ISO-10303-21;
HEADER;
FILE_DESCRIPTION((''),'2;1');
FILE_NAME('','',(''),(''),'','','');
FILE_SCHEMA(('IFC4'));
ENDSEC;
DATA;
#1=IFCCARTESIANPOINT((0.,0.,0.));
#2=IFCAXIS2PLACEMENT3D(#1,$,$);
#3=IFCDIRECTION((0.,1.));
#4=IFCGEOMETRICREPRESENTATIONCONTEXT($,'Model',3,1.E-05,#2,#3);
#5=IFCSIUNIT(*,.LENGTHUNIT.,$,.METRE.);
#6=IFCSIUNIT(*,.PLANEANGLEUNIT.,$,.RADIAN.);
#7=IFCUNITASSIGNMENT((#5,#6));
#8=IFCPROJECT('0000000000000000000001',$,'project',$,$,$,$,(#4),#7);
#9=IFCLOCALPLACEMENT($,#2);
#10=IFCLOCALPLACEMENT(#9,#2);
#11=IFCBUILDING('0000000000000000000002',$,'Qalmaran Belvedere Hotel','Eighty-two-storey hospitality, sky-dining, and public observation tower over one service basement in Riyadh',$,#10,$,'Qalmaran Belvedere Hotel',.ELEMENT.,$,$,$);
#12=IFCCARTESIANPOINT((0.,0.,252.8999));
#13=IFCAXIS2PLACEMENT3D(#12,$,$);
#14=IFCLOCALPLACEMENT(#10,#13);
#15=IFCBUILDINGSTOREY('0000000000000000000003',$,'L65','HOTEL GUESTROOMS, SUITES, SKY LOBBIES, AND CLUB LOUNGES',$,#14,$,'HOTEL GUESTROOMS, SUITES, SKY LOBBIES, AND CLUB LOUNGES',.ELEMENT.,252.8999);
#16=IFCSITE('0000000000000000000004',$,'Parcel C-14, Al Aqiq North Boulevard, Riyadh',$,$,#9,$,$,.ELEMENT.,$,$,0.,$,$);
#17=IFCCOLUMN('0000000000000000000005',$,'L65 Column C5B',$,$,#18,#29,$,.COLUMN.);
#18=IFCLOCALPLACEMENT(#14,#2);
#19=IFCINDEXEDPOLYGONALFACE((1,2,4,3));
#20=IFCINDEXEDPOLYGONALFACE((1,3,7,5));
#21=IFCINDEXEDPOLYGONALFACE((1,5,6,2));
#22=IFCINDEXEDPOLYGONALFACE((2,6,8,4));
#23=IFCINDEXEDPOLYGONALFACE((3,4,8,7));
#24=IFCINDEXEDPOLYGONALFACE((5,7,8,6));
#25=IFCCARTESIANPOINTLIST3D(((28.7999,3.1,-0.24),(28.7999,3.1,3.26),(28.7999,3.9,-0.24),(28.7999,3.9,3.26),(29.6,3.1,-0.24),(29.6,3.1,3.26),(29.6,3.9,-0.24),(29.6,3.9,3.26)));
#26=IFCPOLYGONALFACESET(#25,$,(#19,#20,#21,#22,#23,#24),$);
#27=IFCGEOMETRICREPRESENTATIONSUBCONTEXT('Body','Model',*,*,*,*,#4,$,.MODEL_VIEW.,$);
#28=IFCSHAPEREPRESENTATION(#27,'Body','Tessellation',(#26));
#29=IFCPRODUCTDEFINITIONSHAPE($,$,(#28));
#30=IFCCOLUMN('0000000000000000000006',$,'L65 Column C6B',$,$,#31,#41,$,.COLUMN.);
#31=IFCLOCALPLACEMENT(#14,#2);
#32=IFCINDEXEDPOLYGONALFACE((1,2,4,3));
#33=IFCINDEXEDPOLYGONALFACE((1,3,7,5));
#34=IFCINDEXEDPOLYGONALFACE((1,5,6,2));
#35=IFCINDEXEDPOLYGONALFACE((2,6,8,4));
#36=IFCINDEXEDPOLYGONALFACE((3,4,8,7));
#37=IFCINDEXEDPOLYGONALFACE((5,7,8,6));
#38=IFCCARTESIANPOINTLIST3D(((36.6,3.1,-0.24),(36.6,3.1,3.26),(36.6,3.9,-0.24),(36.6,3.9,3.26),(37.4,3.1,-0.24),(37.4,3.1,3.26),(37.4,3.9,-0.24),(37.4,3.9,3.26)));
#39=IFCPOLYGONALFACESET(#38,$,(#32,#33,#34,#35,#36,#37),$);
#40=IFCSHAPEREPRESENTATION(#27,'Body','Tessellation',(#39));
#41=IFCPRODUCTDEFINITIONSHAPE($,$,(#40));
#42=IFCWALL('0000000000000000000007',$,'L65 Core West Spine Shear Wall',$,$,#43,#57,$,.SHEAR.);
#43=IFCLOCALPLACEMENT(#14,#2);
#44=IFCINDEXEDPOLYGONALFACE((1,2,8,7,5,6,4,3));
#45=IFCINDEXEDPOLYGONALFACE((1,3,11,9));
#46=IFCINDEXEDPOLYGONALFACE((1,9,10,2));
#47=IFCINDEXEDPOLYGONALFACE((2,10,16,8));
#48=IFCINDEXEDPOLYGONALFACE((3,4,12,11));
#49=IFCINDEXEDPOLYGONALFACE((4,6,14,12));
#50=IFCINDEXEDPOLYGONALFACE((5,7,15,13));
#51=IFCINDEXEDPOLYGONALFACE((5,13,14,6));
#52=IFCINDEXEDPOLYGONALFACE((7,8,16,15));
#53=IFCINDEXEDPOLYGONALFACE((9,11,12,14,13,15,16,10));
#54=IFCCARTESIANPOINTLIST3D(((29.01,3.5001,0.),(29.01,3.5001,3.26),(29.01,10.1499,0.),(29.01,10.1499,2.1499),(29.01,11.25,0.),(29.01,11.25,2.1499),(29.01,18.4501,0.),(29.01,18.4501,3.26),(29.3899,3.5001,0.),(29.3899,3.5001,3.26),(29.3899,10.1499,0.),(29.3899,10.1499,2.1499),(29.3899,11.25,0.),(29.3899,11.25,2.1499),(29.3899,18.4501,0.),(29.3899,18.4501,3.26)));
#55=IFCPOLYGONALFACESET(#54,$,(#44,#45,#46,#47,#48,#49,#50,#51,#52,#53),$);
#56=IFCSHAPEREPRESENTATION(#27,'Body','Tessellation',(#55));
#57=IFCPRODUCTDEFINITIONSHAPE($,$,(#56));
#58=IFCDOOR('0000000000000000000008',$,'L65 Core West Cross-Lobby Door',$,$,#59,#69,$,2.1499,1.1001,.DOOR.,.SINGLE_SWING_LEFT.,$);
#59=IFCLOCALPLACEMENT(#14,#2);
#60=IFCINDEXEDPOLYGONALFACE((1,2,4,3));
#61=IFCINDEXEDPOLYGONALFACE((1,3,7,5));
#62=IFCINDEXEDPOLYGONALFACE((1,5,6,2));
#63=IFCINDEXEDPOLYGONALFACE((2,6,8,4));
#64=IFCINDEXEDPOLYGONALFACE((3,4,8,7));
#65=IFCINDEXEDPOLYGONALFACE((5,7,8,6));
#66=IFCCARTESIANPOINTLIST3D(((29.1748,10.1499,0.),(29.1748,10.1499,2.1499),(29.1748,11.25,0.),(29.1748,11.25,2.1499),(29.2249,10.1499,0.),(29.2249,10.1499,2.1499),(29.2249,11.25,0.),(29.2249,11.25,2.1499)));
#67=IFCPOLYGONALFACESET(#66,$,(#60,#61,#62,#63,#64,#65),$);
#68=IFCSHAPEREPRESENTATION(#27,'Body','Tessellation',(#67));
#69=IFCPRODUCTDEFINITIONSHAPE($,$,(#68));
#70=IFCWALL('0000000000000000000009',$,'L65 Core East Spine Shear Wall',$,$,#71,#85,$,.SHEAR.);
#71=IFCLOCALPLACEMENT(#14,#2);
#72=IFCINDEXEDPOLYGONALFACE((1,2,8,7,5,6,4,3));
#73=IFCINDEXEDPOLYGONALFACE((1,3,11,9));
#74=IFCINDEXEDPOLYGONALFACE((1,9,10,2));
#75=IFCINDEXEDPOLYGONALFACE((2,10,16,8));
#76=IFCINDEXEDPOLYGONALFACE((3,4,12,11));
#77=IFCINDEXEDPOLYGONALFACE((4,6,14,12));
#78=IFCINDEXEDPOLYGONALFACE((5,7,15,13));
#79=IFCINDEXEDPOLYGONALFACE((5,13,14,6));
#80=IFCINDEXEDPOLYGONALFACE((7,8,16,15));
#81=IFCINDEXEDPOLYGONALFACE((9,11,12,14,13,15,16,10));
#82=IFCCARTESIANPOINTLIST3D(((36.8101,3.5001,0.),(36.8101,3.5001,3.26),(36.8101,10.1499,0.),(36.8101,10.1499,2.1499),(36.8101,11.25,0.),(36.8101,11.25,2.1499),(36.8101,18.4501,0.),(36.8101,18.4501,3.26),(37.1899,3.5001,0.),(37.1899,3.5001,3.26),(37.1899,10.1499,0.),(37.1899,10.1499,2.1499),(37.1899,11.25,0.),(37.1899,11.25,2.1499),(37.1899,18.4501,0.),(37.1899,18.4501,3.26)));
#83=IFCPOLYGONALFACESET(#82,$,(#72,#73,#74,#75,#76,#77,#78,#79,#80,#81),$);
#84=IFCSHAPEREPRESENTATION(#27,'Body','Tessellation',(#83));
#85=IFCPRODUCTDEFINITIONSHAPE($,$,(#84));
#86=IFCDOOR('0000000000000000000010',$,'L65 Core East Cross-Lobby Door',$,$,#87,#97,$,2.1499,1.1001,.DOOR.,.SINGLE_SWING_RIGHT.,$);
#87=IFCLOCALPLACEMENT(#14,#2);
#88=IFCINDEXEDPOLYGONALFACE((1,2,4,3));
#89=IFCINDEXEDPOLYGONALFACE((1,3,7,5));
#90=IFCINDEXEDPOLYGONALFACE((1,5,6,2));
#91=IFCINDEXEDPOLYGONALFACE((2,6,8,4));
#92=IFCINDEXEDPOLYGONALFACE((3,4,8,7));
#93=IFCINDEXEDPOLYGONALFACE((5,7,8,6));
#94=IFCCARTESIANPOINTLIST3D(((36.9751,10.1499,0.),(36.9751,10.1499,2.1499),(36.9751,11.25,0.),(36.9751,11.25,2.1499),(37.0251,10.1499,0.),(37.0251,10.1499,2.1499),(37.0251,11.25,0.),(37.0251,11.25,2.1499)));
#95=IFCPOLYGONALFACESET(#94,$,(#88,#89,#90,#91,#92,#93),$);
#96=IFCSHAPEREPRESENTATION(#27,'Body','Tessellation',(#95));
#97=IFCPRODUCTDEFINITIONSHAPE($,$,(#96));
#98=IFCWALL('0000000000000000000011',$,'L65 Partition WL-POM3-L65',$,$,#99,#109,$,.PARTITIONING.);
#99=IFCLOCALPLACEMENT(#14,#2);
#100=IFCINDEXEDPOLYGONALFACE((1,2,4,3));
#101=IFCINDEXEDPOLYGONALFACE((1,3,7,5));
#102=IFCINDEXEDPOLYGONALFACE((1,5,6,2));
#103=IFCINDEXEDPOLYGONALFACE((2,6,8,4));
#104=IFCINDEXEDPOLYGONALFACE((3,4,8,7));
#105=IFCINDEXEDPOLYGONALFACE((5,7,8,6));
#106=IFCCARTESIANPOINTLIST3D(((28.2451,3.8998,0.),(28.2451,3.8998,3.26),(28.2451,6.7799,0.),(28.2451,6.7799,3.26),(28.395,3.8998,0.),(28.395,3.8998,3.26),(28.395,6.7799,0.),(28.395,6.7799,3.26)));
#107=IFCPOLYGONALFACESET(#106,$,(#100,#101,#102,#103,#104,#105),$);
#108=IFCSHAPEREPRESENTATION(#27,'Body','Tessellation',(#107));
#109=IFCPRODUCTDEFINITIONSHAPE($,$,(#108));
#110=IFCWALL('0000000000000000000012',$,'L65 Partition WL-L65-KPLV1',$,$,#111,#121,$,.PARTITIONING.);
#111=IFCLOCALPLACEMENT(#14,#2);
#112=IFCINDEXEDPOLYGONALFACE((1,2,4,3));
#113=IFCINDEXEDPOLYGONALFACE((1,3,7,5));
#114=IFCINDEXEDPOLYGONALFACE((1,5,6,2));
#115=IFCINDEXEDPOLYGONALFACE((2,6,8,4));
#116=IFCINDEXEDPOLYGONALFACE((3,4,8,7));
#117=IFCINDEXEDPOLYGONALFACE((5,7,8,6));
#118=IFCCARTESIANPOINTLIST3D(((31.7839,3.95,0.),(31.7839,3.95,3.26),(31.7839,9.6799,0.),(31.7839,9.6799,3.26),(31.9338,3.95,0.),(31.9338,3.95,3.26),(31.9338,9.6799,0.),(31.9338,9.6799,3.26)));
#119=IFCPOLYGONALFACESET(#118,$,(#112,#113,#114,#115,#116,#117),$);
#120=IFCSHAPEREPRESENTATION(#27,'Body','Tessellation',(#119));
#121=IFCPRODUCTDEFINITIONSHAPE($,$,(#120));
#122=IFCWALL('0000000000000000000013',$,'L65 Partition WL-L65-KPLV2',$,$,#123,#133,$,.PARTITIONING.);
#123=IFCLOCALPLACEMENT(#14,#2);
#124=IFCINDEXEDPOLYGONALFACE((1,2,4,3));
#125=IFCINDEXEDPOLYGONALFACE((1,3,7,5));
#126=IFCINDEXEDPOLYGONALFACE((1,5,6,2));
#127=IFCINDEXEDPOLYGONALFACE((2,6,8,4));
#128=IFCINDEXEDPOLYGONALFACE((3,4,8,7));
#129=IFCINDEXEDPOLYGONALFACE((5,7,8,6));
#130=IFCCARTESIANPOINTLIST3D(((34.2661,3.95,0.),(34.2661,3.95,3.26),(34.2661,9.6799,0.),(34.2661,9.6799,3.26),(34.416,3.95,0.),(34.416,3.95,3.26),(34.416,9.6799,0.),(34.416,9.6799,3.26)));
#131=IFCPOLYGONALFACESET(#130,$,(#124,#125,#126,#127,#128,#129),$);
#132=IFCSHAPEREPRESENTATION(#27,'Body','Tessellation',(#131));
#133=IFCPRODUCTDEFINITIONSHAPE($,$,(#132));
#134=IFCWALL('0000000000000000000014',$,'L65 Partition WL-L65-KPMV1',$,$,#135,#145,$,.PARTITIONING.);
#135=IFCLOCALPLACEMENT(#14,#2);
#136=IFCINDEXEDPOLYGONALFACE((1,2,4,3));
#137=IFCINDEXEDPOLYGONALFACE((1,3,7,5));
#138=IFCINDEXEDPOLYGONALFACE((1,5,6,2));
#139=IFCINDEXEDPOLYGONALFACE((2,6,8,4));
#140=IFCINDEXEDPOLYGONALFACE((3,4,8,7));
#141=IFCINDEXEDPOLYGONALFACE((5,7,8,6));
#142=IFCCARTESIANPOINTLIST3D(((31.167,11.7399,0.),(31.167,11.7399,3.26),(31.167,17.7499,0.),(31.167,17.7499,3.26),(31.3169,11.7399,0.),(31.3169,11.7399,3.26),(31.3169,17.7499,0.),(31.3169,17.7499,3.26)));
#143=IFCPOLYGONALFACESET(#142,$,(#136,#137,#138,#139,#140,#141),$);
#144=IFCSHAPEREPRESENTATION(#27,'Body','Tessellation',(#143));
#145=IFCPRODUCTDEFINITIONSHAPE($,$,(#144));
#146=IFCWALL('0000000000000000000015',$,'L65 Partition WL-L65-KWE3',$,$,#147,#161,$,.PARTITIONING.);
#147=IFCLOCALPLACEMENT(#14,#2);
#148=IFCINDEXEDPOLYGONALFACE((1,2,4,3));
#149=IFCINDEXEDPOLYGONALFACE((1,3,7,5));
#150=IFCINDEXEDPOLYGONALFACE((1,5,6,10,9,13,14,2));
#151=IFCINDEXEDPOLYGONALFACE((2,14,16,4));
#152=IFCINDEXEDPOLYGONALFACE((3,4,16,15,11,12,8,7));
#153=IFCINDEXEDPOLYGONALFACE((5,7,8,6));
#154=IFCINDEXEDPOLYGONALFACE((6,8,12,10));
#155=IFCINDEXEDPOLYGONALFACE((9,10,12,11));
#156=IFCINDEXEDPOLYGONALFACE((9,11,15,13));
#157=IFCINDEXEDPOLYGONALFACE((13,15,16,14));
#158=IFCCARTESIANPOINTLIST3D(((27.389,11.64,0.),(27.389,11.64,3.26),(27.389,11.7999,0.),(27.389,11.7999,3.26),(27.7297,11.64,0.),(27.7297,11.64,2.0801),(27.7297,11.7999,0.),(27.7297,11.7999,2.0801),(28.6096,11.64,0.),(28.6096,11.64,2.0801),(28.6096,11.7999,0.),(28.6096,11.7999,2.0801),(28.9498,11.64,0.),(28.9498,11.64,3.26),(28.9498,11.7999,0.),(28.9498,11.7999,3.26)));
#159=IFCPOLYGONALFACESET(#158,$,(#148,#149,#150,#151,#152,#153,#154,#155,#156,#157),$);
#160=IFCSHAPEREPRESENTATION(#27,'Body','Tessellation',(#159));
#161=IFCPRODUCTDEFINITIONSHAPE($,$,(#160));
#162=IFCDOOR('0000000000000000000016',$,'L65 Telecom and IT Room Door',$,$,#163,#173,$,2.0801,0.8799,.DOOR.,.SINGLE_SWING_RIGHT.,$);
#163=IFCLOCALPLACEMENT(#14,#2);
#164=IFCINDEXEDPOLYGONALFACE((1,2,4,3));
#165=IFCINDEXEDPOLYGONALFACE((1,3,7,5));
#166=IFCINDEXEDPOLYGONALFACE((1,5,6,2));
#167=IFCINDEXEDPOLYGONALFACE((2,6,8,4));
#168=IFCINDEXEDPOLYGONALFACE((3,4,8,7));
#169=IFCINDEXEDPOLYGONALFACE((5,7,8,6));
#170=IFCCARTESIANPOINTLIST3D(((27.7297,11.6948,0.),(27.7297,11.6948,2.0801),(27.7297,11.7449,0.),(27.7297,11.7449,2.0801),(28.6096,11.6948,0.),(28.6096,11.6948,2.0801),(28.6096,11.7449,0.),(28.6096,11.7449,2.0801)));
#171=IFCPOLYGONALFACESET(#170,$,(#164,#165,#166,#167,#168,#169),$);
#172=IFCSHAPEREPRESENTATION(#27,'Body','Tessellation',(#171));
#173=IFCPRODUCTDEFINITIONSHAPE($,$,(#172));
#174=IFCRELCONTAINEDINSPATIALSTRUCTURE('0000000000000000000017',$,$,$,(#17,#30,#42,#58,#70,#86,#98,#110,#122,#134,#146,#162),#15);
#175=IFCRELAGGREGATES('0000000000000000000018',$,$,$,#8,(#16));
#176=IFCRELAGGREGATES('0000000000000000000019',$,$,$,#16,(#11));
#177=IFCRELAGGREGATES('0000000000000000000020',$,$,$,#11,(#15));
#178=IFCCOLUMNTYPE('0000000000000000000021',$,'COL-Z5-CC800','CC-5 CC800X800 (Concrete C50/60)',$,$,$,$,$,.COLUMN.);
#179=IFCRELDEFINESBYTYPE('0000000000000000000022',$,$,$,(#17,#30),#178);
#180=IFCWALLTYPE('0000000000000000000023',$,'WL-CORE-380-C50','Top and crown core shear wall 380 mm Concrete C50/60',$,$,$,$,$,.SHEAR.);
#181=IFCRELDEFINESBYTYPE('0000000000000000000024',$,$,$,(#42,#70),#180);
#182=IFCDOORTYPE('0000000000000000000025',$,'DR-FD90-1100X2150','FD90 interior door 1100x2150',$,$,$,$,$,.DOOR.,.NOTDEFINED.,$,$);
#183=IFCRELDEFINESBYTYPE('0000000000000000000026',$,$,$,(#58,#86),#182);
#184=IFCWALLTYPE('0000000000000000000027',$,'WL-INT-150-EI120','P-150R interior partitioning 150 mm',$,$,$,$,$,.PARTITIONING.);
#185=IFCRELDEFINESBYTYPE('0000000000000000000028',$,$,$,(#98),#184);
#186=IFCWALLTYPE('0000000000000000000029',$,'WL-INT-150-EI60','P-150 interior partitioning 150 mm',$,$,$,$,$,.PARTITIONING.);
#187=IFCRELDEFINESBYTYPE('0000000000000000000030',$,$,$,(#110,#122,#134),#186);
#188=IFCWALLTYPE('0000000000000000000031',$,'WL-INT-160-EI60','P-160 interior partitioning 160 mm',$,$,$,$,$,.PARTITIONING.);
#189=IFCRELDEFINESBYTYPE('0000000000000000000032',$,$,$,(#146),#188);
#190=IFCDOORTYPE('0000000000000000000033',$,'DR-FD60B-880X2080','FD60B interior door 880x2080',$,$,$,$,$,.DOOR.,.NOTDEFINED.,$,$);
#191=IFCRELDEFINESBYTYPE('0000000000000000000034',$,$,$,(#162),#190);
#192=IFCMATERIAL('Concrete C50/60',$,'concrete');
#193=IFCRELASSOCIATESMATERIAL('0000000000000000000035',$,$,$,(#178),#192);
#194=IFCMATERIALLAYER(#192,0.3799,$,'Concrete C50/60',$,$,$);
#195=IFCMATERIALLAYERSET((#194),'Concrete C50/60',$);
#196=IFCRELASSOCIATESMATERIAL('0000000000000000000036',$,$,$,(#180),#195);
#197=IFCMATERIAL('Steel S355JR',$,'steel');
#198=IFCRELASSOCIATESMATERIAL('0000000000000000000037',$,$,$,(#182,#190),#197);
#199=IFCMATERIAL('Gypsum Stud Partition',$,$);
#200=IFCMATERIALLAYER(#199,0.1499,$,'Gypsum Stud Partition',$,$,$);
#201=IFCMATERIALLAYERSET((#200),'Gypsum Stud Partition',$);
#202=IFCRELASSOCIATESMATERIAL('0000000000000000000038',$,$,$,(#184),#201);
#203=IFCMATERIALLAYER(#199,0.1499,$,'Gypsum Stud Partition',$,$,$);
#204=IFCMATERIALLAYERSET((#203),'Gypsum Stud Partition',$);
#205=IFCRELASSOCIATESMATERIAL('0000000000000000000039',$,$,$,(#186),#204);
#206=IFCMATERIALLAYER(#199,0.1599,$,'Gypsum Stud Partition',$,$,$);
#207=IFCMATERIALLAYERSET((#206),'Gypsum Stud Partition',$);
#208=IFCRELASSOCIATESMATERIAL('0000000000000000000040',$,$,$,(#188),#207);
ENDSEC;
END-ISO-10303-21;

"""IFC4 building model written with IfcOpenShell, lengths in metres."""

from ifc_helpers import new_model, si_unit, direction, frame, frame_2d, origin, origin_2d, place, context, subcontext, project, spatial, rectangle, extrude, material, layer, layer_set, material_profile, profile_set, type_object, element, fill, save


model = new_model("IFC4")

# Units and contexts
model_context = context("Model", 3, precision=1e-05, world=origin(), true_north=direction((0.0, 1.0)))
body_context = subcontext(model_context, "Body", "Model", "MODEL_VIEW")
ifc_project = project(units=[si_unit("LENGTHUNIT", "METRE"), si_unit("PLANEANGLEUNIT", "RADIAN")], contexts=[model_context])

# Site, building, storey
site_placement = place(None, origin())
site = spatial("IfcSite", under=ifc_project, at=site_placement, Name="Parcel C-14, Al Aqiq North Boulevard, Riyadh", CompositionType="ELEMENT", RefElevation=0.0)
building_placement = place(site_placement, origin())
building = spatial("IfcBuilding", under=site, at=building_placement, Name="Qalmaran Belvedere Hotel", Description="Eighty-two-storey hospitality, sky-dining, and public observation tower over one service basement in Riyadh", LongName="Qalmaran Belvedere Hotel", CompositionType="ELEMENT")
storey_placement = place(building_placement, frame((0.0, 0.0, 252.8999)))
storey = spatial("IfcBuildingStorey", under=building, at=storey_placement, Name="L65", Description="HOTEL GUESTROOMS, SUITES, SKY LOBBIES, AND CLUB LOUNGES", LongName="HOTEL GUESTROOMS, SUITES, SKY LOBBIES, AND CLUB LOUNGES", CompositionType="ELEMENT", Elevation=252.8999)

# Columns
ifc_material_1 = material(Name="Concrete C50/60", Category="concrete")
ifc_material_profile = material_profile(ifc_material_1, rectangle(XDim=0.8, YDim=0.8, at=origin_2d()), Name="CC800X800")
ifc_profile_set = profile_set([ifc_material_profile], Name="Concrete C50/60")
column_type = type_object("IfcColumnType", Name="COL-Z5-CC800", Description="CC-5 CC800X800 (Concrete C50/60)", PredefinedType="COLUMN", material=ifc_profile_set)
for number, where, z_axis, x_axis, name in (
    (1, (29.2, 3.5, -0.24), (0.0, 0.0, 1.0), (1.0, 0.0, 0.0), "L65 Column C5B"),
    (2, (37.0, 3.5, -0.24), (0.0, 0.0, 1.0), (1.0, 0.0, 0.0), "L65 Column C6B"),
):
    element("IfcColumn", number, at=place(storey_placement, frame(where, z_axis=z_axis, x_axis=x_axis)), inside=storey, type_object=column_type, Name=name, PredefinedType="COLUMN", context=body_context, shape_type="SweptSolid", body=[
        extrude(rectangle(XDim=0.8, YDim=0.8, at=origin_2d()), origin(), (0.0, 0.0, 1.0), 3.5),
    ])

# Walls, openings, doors
ifc_layer_1 = layer(ifc_material_1, 0.3799, Name="Concrete C50/60")
ifc_layer_set_1 = layer_set([ifc_layer_1], Name="Concrete C50/60")
wall_type_1 = type_object("IfcWallType", Name="WL-CORE-380-C50", Description="Top and crown core shear wall 380 mm Concrete C50/60", PredefinedType="SHEAR", material=ifc_layer_set_1)
wall_1_placement = place(storey_placement, frame((29.2, 3.5, 0.0), z_axis=(0.0, 0.0, 1.0), x_axis=(0.0, 1.0, 0.0)))
wall_1 = element("IfcWall", 3, at=wall_1_placement, inside=storey, type_object=wall_type_1, Name="L65 Core West Spine Shear Wall", PredefinedType="SHEAR", context=body_context, shape_type="SweptSolid", body=[
    extrude(rectangle(XDim=14.95, YDim=0.3799, at=frame_2d((7.4751, 0.0))), origin(), (0.0, 0.0, 1.0), 3.26),
])
opening_1_placement = place(wall_1_placement, frame((7.75, 0.0, 0.0), z_axis=(0.0, 0.0, 1.0), x_axis=(-1.0, 0.0, 0.0)))
opening_1 = element("IfcOpeningElement", 4, at=opening_1_placement, cuts=wall_1, PredefinedType="OPENING", context=body_context, shape_type="SweptSolid", body=[
    extrude(rectangle(XDim=1.1001, YDim=2.1499, at=frame_2d((0.55, 1.075))), frame((0.0, 0.2, 0.0), z_axis=(0.0, -1.0, 0.0), x_axis=(1.0, 0.0, 0.0)), (0.0, 0.0, 1.0), 0.3999),
])
ifc_material_2 = material(Name="Steel S355JR", Category="steel")
door_type_1 = type_object("IfcDoorType", Name="DR-FD90-1100X2150", Description="FD90 interior door 1100x2150", OperationType="NOTDEFINED", PredefinedType="DOOR", material=ifc_material_2)
door_1_placement = place(opening_1_placement, origin())
door_1 = element("IfcDoor", 5, at=door_1_placement, inside=storey, type_object=door_type_1, Name="L65 Core West Cross-Lobby Door", OperationType="SINGLE_SWING_LEFT", OverallHeight=2.1499, OverallWidth=1.1001, PredefinedType="DOOR", context=body_context, shape_type="SweptSolid", body=[
    extrude(rectangle(XDim=1.1001, YDim=2.1499, at=frame_2d((0.55, 1.075))), frame((0.0, 0.0249, 0.0), z_axis=(0.0, -1.0, 0.0), x_axis=(1.0, 0.0, 0.0)), (0.0, 0.0, 1.0), 0.05),
])
fill(opening_1, door_1)
wall_2_placement = place(storey_placement, frame((37.0, 3.5, 0.0), z_axis=(0.0, 0.0, 1.0), x_axis=(0.0, 1.0, 0.0)))
wall_2 = element("IfcWall", 6, at=wall_2_placement, inside=storey, type_object=wall_type_1, Name="L65 Core East Spine Shear Wall", PredefinedType="SHEAR", context=body_context, shape_type="SweptSolid", body=[
    extrude(rectangle(XDim=14.95, YDim=0.3799, at=frame_2d((7.4751, 0.0))), origin(), (0.0, 0.0, 1.0), 3.26),
])
opening_2_placement = place(wall_2_placement, frame((6.6499, 0.0, 0.0)))
opening_2 = element("IfcOpeningElement", 7, at=opening_2_placement, cuts=wall_2, PredefinedType="OPENING", context=body_context, shape_type="SweptSolid", body=[
    extrude(rectangle(XDim=1.1001, YDim=2.1499, at=frame_2d((0.55, 1.075))), frame((0.0, 0.2, 0.0), z_axis=(0.0, -1.0, 0.0), x_axis=(1.0, 0.0, 0.0)), (0.0, 0.0, 1.0), 0.3999),
])
door_2_placement = place(opening_2_placement, origin())
door_2 = element("IfcDoor", 8, at=door_2_placement, inside=storey, type_object=door_type_1, Name="L65 Core East Cross-Lobby Door", OperationType="SINGLE_SWING_RIGHT", OverallHeight=2.1499, OverallWidth=1.1001, PredefinedType="DOOR", context=body_context, shape_type="SweptSolid", body=[
    extrude(rectangle(XDim=1.1001, YDim=2.1499, at=frame_2d((0.55, 1.075))), frame((0.0, 0.0249, 0.0), z_axis=(0.0, -1.0, 0.0), x_axis=(1.0, 0.0, 0.0)), (0.0, 0.0, 1.0), 0.05),
])
fill(opening_2, door_2)

# Walls
ifc_material_3 = material(Name="Gypsum Stud Partition")
ifc_layer_2 = layer(ifc_material_3, 0.1499, Name="Gypsum Stud Partition")
ifc_layer_set_2 = layer_set([ifc_layer_2], Name="Gypsum Stud Partition")
wall_type_2 = type_object("IfcWallType", Name="WL-INT-150-EI120", Description="P-150R interior partitioning 150 mm", PredefinedType="PARTITIONING", material=ifc_layer_set_2)
wall_3_placement = place(storey_placement, frame((28.3201, 3.8999, 0.0), z_axis=(0.0, 0.0, 1.0), x_axis=(0.0, 1.0, 0.0)))
element("IfcWall", 9, at=wall_3_placement, inside=storey, type_object=wall_type_2, Name="L65 Partition WL-POM3-L65", PredefinedType="PARTITIONING", context=body_context, shape_type="SweptSolid", body=[
    extrude(rectangle(XDim=2.8801, YDim=0.1499, at=frame_2d((1.4399, 0.0))), origin(), (0.0, 0.0, 1.0), 3.26),
])
ifc_layer_3 = layer(ifc_material_3, 0.1499, Name="Gypsum Stud Partition")
ifc_layer_set_3 = layer_set([ifc_layer_3], Name="Gypsum Stud Partition")
wall_type_3 = type_object("IfcWallType", Name="WL-INT-150-EI60", Description="P-150 interior partitioning 150 mm", PredefinedType="PARTITIONING", material=ifc_layer_set_3)
for number, where, z_axis, x_axis, name in (
    (10, (31.8589, 3.95, 0.0), (0.0, 0.0, 1.0), (0.0, 1.0, 0.0), "L65 Partition WL-L65-KPLV1"),
    (11, (34.3411, 3.95, 0.0), (0.0, 0.0, 1.0), (0.0, 1.0, 0.0), "L65 Partition WL-L65-KPLV2"),
):
    element("IfcWall", number, at=place(storey_placement, frame(where, z_axis=z_axis, x_axis=x_axis)), inside=storey, type_object=wall_type_3, Name=name, PredefinedType="PARTITIONING", context=body_context, shape_type="SweptSolid", body=[
        extrude(rectangle(XDim=5.73, YDim=0.1499, at=frame_2d((2.865, 0.0))), origin(), (0.0, 0.0, 1.0), 3.26),
    ])
wall_4_placement = place(storey_placement, frame((31.2419, 11.74, 0.0), z_axis=(0.0, 0.0, 1.0), x_axis=(0.0, 1.0, 0.0)))
element("IfcWall", 12, at=wall_4_placement, inside=storey, type_object=wall_type_3, Name="L65 Partition WL-L65-KPMV1", PredefinedType="PARTITIONING", context=body_context, shape_type="SweptSolid", body=[
    extrude(rectangle(XDim=6.01, YDim=0.1499, at=frame_2d((3.0049, 0.0))), origin(), (0.0, 0.0, 1.0), 3.26),
])

# Wall, opening, door
ifc_layer_4 = layer(ifc_material_3, 0.1599, Name="Gypsum Stud Partition")
ifc_layer_set_4 = layer_set([ifc_layer_4], Name="Gypsum Stud Partition")
wall_type_4 = type_object("IfcWallType", Name="WL-INT-160-EI60", Description="P-160 interior partitioning 160 mm", PredefinedType="PARTITIONING", material=ifc_layer_set_4)
wall_5_placement = place(storey_placement, frame((27.3892, 11.72, 0.0), z_axis=(0.0, 0.0, 1.0), x_axis=(1.0, 0.0, 0.0)))
wall_5 = element("IfcWall", 13, at=wall_5_placement, inside=storey, type_object=wall_type_4, Name="L65 Partition WL-L65-KWE3", PredefinedType="PARTITIONING", context=body_context, shape_type="SweptSolid", body=[
    extrude(rectangle(XDim=1.5608, YDim=0.1599, at=frame_2d((0.7803, 0.0))), origin(), (0.0, 0.0, 1.0), 3.26),
])
opening_3_placement = place(wall_5_placement, frame((0.3406, 0.0, 0.0)))
opening_3 = element("IfcOpeningElement", 14, at=opening_3_placement, cuts=wall_5, PredefinedType="OPENING", context=body_context, shape_type="SweptSolid", body=[
    extrude(rectangle(XDim=0.8799, YDim=2.0801, at=frame_2d((0.4399, 1.04))), frame((0.0, 0.0898, 0.0), z_axis=(0.0, -1.0, 0.0), x_axis=(1.0, 0.0, 0.0)), (0.0, 0.0, 1.0), 0.1799),
])
door_type_2 = type_object("IfcDoorType", Name="DR-FD60B-880X2080", Description="FD60B interior door 880x2080", OperationType="NOTDEFINED", PredefinedType="DOOR", material=ifc_material_2)
door_3_placement = place(opening_3_placement, origin())
door_3 = element("IfcDoor", 15, at=door_3_placement, inside=storey, type_object=door_type_2, Name="L65 Telecom and IT Room Door", OperationType="SINGLE_SWING_RIGHT", OverallHeight=2.0801, OverallWidth=0.8799, PredefinedType="DOOR", context=body_context, shape_type="SweptSolid", body=[
    extrude(rectangle(XDim=0.8799, YDim=2.0801, at=frame_2d((0.4399, 1.04))), frame((0.0, 0.0249, 0.0), z_axis=(0.0, -1.0, 0.0), x_axis=(1.0, 0.0, 0.0)), (0.0, 0.0, 1.0), 0.05),
])
fill(opening_3, door_3)

save(model, "model.ifc")
